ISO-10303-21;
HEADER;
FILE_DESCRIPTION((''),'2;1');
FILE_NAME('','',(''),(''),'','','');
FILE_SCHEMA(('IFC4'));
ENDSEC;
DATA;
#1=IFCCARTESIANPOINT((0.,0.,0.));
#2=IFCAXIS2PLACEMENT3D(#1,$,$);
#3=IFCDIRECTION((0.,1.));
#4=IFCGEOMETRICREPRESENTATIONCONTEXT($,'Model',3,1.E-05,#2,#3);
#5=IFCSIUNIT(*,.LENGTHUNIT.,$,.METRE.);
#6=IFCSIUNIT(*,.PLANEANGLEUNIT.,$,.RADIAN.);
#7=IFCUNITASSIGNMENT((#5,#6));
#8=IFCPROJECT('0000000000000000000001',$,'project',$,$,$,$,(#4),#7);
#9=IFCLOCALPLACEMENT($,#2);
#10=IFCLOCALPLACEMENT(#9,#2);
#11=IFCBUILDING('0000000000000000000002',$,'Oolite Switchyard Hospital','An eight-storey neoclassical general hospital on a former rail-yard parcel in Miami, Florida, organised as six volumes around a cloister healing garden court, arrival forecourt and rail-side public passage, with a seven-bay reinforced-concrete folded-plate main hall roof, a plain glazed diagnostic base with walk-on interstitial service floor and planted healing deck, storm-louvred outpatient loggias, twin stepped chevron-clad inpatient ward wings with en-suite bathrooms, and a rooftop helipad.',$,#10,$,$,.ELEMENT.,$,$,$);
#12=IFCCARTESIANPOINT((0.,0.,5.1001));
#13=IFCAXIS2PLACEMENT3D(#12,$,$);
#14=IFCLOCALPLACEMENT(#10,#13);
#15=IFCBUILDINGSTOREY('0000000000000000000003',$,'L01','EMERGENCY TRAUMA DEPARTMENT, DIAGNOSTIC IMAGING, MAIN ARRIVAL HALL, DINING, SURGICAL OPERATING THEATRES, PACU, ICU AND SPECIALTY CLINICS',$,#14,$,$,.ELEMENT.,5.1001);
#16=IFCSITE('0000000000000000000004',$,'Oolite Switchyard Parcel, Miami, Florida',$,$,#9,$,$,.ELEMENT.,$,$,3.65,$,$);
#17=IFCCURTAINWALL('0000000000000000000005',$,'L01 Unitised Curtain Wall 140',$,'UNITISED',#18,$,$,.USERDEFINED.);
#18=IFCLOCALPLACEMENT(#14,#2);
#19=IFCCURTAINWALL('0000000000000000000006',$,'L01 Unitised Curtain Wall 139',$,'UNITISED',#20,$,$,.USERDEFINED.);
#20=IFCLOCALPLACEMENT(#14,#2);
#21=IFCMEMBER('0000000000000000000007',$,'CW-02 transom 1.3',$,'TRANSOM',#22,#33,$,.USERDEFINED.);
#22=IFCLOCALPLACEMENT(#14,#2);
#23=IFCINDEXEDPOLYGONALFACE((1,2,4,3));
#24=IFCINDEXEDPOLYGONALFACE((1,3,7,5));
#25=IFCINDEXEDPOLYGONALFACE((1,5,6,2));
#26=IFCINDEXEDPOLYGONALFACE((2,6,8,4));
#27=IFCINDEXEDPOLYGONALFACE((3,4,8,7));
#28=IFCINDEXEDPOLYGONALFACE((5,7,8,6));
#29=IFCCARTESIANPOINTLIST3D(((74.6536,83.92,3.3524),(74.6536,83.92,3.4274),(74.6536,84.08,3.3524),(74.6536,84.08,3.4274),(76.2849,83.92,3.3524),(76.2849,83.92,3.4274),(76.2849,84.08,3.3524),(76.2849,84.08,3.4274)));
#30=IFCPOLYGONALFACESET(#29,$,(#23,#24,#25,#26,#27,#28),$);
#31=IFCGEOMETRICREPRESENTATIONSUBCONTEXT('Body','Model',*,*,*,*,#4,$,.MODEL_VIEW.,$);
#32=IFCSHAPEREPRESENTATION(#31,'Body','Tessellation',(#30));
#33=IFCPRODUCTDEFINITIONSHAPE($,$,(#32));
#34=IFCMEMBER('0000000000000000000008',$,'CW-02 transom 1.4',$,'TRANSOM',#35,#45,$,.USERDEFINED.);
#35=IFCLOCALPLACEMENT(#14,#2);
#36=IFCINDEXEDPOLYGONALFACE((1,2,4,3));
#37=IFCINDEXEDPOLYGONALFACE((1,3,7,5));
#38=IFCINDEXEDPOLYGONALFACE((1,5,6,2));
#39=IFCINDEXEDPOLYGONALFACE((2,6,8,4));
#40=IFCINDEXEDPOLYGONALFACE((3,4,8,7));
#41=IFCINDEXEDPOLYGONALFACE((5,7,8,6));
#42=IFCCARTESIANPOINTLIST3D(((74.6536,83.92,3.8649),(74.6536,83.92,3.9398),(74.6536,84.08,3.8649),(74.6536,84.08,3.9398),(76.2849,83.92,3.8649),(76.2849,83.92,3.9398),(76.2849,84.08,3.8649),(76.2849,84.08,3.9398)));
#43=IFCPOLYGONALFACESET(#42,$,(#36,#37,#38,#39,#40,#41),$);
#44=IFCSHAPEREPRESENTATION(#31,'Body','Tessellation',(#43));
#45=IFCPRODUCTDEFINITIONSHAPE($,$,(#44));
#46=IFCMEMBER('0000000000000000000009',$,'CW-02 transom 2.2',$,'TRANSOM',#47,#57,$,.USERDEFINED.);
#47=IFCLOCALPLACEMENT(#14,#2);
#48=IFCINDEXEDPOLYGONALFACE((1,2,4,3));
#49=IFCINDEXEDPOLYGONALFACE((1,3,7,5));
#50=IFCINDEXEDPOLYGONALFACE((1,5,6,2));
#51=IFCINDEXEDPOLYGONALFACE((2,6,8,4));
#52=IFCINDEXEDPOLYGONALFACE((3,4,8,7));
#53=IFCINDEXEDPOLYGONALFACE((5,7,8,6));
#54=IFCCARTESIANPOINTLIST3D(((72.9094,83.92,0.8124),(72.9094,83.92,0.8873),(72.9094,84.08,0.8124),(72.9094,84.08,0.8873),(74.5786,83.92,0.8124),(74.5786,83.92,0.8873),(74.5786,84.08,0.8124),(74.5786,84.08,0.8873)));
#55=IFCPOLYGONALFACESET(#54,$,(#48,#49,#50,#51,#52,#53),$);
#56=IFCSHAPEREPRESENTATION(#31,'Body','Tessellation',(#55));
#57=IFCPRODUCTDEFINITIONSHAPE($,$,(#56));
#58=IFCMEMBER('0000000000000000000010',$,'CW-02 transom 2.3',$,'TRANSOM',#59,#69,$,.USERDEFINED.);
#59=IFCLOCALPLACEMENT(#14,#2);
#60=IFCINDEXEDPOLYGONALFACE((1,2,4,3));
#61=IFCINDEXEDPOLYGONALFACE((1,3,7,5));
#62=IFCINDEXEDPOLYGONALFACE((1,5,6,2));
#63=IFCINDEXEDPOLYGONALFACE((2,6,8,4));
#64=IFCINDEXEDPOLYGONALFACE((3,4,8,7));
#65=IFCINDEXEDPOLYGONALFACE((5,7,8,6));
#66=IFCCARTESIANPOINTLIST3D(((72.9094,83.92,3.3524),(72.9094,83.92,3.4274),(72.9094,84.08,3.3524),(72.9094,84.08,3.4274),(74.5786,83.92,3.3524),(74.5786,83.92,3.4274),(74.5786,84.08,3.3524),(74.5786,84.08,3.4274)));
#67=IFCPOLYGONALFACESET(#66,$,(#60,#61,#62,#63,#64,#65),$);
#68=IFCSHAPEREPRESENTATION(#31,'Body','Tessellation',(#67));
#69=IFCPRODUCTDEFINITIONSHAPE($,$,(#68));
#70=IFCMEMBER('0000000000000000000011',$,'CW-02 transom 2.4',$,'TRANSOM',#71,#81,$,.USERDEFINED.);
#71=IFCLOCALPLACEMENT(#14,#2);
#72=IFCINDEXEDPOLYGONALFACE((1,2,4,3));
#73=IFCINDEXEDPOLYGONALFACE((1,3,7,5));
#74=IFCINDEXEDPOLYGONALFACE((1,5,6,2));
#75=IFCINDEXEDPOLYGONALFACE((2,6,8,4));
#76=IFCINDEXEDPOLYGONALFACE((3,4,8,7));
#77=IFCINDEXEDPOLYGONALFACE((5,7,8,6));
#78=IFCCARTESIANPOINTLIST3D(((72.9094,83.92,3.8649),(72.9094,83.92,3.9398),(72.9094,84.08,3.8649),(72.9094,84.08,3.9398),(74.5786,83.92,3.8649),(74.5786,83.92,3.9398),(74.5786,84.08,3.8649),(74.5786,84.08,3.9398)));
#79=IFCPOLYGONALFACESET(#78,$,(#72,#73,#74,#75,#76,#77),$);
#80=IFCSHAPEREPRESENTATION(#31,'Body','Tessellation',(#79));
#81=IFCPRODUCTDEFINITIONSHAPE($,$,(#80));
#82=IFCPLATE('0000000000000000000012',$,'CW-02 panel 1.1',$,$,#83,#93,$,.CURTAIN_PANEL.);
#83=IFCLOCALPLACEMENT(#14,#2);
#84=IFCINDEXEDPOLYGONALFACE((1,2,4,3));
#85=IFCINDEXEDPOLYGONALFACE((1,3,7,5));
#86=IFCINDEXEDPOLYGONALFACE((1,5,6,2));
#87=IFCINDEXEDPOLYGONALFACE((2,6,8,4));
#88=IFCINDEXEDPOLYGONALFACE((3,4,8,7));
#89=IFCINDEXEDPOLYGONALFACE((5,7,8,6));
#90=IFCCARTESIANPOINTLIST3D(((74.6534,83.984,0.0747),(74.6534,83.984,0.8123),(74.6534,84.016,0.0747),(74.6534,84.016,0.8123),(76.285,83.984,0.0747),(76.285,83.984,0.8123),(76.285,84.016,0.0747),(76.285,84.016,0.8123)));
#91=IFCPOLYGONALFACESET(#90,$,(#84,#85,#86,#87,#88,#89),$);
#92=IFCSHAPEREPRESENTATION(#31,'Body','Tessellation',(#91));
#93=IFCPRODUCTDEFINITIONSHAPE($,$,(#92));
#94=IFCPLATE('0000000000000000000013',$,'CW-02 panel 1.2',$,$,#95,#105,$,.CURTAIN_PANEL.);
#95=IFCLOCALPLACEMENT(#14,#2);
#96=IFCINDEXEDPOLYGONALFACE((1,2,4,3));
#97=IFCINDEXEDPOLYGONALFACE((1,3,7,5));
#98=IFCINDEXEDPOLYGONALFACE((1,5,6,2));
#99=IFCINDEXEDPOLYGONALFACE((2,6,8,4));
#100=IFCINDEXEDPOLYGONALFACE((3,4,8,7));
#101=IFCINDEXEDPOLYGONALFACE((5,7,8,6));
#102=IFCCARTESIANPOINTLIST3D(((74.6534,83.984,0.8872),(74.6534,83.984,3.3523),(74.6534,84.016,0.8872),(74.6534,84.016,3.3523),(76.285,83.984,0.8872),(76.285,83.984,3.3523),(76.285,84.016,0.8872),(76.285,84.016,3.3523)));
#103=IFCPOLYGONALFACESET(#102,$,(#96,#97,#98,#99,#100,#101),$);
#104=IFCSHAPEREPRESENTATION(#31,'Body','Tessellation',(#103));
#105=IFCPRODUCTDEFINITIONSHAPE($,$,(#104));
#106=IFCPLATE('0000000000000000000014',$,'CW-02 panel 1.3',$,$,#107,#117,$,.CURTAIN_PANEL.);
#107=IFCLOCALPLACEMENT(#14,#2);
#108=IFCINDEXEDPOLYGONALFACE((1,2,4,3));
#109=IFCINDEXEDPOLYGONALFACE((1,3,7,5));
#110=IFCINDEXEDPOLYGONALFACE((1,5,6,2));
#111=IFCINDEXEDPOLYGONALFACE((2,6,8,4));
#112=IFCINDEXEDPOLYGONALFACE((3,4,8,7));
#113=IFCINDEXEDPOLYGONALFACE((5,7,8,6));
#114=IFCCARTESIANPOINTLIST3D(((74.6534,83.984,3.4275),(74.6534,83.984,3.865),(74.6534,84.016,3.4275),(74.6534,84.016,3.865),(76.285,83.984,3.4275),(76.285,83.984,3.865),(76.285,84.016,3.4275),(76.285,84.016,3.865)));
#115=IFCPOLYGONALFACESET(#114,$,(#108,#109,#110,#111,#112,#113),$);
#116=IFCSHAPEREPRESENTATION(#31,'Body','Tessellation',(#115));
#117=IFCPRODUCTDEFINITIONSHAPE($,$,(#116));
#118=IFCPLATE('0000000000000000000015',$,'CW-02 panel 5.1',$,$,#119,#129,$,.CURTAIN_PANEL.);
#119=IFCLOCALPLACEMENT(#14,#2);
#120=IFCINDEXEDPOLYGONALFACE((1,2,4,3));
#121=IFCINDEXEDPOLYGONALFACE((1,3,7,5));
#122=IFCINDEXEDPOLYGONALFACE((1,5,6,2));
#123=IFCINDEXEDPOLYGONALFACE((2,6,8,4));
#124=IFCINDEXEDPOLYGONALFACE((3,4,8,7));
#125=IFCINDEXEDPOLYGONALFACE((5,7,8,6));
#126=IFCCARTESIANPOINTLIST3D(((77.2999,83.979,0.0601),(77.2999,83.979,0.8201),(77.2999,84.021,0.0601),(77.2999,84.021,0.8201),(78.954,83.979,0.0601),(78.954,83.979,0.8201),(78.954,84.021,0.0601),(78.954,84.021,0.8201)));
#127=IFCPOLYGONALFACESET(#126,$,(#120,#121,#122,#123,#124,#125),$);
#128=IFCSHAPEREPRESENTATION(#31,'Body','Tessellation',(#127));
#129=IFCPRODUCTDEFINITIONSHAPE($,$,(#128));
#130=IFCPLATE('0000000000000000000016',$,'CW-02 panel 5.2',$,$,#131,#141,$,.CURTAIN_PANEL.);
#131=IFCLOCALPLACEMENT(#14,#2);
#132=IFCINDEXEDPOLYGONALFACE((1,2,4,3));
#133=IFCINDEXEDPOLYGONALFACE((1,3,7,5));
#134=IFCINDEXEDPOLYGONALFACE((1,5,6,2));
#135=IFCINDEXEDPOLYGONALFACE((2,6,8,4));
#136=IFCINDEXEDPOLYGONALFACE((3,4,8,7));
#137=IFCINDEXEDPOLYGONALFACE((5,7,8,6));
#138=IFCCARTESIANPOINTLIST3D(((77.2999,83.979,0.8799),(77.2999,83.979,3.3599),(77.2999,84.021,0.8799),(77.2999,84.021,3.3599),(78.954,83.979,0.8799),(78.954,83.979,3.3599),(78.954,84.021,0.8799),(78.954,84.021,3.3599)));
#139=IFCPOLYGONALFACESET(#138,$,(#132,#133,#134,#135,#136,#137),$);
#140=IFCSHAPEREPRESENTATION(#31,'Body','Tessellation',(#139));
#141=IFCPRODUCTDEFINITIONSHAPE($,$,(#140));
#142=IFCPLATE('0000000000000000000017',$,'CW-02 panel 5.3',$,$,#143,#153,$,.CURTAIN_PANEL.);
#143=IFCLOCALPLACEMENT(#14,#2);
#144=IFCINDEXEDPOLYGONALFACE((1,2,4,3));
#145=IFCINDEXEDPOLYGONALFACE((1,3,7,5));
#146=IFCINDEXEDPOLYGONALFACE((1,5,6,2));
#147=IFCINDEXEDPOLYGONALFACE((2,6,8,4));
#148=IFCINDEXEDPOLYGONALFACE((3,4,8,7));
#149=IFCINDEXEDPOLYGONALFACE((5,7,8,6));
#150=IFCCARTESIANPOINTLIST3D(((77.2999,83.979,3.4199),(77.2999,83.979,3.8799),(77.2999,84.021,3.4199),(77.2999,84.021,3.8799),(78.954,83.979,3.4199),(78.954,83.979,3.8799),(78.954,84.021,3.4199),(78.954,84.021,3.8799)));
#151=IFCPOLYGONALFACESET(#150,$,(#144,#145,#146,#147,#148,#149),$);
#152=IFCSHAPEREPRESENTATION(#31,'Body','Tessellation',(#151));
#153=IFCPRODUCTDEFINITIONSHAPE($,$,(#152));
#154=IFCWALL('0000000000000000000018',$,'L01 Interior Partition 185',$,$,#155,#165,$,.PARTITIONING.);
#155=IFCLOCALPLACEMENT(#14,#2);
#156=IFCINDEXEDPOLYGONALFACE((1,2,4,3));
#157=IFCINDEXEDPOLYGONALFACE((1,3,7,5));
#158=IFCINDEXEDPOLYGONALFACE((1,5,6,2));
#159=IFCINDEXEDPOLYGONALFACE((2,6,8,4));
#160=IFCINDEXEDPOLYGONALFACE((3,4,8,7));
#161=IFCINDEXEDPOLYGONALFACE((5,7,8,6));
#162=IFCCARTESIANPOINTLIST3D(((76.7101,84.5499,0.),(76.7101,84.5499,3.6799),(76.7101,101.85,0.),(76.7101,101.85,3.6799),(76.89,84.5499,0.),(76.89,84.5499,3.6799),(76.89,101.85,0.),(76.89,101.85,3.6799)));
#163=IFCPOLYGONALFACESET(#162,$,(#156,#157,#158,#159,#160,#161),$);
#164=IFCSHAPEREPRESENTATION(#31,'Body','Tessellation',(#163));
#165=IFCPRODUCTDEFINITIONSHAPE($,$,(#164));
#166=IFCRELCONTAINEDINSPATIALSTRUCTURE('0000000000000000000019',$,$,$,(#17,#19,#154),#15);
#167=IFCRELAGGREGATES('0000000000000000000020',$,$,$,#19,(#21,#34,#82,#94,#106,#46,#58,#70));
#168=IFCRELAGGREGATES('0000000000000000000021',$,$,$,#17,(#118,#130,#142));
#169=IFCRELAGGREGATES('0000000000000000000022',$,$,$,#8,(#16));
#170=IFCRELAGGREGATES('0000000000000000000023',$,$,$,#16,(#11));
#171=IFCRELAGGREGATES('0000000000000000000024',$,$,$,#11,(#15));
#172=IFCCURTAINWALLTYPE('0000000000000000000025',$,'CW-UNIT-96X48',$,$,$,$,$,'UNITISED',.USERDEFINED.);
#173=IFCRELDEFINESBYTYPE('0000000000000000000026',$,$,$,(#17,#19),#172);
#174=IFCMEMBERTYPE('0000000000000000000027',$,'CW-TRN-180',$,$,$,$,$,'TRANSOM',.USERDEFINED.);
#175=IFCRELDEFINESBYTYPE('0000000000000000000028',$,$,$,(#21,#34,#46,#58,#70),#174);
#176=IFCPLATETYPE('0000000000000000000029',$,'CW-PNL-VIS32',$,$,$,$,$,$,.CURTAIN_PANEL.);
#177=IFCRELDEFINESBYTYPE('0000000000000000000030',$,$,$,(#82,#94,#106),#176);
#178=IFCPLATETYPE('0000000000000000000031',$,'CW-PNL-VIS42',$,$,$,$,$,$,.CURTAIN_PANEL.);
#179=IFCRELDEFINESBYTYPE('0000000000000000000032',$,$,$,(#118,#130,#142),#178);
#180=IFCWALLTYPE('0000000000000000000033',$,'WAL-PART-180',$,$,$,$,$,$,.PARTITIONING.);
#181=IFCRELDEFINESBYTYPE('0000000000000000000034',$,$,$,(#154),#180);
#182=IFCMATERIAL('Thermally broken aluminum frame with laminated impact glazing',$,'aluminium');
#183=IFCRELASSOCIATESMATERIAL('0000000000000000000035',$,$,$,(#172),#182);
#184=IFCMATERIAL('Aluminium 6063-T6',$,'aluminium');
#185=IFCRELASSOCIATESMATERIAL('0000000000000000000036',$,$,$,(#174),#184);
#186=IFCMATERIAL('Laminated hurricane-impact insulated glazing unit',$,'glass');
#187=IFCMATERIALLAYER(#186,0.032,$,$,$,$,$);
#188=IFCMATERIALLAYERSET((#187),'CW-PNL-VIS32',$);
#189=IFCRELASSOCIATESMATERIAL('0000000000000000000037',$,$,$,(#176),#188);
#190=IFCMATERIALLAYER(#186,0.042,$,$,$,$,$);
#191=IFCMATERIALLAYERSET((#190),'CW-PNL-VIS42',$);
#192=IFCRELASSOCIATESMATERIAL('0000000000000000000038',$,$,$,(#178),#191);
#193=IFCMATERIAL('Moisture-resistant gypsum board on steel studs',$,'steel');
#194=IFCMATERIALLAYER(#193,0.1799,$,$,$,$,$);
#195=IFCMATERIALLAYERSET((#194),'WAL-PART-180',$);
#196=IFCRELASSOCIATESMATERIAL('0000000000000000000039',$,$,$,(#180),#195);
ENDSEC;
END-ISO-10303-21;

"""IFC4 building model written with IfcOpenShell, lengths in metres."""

from ifc_helpers import new_model, si_unit, direction, frame, frame_2d, origin, origin_2d, place, context, subcontext, project, spatial, rectangle, extrude, material, layer, layer_set, material_profile, profile_set, type_object, element, aggregate, save


model = new_model("IFC4")

# Units and contexts
model_context = context("Model", 3, precision=1e-05, world=origin(), true_north=direction((0.0, 1.0)))
body_context = subcontext(model_context, "Body", "Model", "MODEL_VIEW")
ifc_project = project(units=[si_unit("LENGTHUNIT", "METRE"), si_unit("PLANEANGLEUNIT", "RADIAN")], contexts=[model_context])

# Site, building, storey
site_placement = place(None, origin())
site = spatial("IfcSite", under=ifc_project, at=site_placement, Name="Oolite Switchyard Parcel, Miami, Florida", CompositionType="ELEMENT", RefElevation=3.65)
building_placement = place(site_placement, origin())
building = spatial("IfcBuilding", under=site, at=building_placement, Name="Oolite Switchyard Hospital", Description="An eight-storey neoclassical general hospital on a former rail-yard parcel in Miami, Florida, organised as six volumes around a cloister healing garden court, arrival forecourt and rail-side public passage, with a seven-bay reinforced-concrete folded-plate main hall roof, a plain glazed diagnostic base with walk-on interstitial service floor and planted healing deck, storm-louvred outpatient loggias, twin stepped chevron-clad inpatient ward wings with en-suite bathrooms, and a rooftop helipad.", CompositionType="ELEMENT")
storey_placement = place(building_placement, frame((0.0, 0.0, 5.1001)))
storey = spatial("IfcBuildingStorey", under=building, at=storey_placement, Name="L01", Description="EMERGENCY TRAUMA DEPARTMENT, DIAGNOSTIC IMAGING, MAIN ARRIVAL HALL, DINING, SURGICAL OPERATING THEATRES, PACU, ICU AND SPECIALTY CLINICS", CompositionType="ELEMENT", Elevation=5.1001)

# Curtain walls
ifc_material_1 = material(Name="Thermally broken aluminum frame with laminated impact glazing", Category="aluminium")
curtain_wall_type = type_object("IfcCurtainWallType", Name="CW-UNIT-96X48", ElementType="UNITISED", PredefinedType="USERDEFINED", material=ifc_material_1)
curtain_wall_1_placement = place(storey_placement, origin())
curtain_wall_1 = element("IfcCurtainWall", 1, at=curtain_wall_1_placement, inside=storey, type_object=curtain_wall_type, Name="L01 Unitised Curtain Wall 140", ObjectType="UNITISED", PredefinedType="USERDEFINED")
ifc_material_2 = material(Name="Aluminium 6063-T6", Category="aluminium")
curtain_wall_2_placement = place(storey_placement, origin())
curtain_wall_2 = element("IfcCurtainWall", 2, at=curtain_wall_2_placement, inside=storey, type_object=curtain_wall_type, Name="L01 Unitised Curtain Wall 139", ObjectType="UNITISED", PredefinedType="USERDEFINED")

# Members
ifc_material_profile_1 = material_profile(ifc_material_2, rectangle(XDim=0.1599, YDim=0.075, at=origin_2d()), Name="CWT75X160")
ifc_profile_set_1 = profile_set([ifc_material_profile_1], Name="Aluminium 6063-T6")
member_type_1 = type_object("IfcMemberType", Name="CW-TRN-180", ElementType="TRANSOM", PredefinedType="USERDEFINED", material=ifc_profile_set_1)
member_1_placement = place(storey_placement, frame((76.2849, 84.0, 3.3899), z_axis=(-1.0, 0.0, 0.0), x_axis=(0.0, -1.0, 0.0)))
member_1 = element("IfcMember", 3, at=member_1_placement, type_object=member_type_1, Name="CW-02 transom 1.3", ObjectType="TRANSOM", PredefinedType="USERDEFINED", context=body_context, shape_type="SweptSolid", body=[
    extrude(rectangle(XDim=0.1599, YDim=0.075, at=origin_2d()), origin(), (0.0, 0.0, 1.0), 1.6313),
])
member_2_placement = place(storey_placement, frame((76.2849, 84.0, 3.9023), z_axis=(-1.0, 0.0, 0.0), x_axis=(0.0, -1.0, 0.0)))
member_2 = element("IfcMember", 4, at=member_2_placement, type_object=member_type_1, Name="CW-02 transom 1.4", ObjectType="TRANSOM", PredefinedType="USERDEFINED", context=body_context, shape_type="SweptSolid", body=[
    extrude(rectangle(XDim=0.1599, YDim=0.075, at=origin_2d()), origin(), (0.0, 0.0, 1.0), 1.6313),
])
member_3_placement = place(storey_placement, frame((74.5786, 84.0, 0.8499), z_axis=(-1.0, 0.0, 0.0), x_axis=(0.0, -1.0, 0.0)))
member_3 = element("IfcMember", 5, at=member_3_placement, type_object=member_type_1, Name="CW-02 transom 2.2", ObjectType="TRANSOM", PredefinedType="USERDEFINED", context=body_context, shape_type="SweptSolid", body=[
    extrude(rectangle(XDim=0.1599, YDim=0.075, at=origin_2d()), origin(), (0.0, 0.0, 1.0), 1.6692),
])
member_4_placement = place(storey_placement, frame((74.5786, 84.0, 3.3899), z_axis=(-1.0, 0.0, 0.0), x_axis=(0.0, -1.0, 0.0)))
member_4 = element("IfcMember", 6, at=member_4_placement, type_object=member_type_1, Name="CW-02 transom 2.3", ObjectType="TRANSOM", PredefinedType="USERDEFINED", context=body_context, shape_type="SweptSolid", body=[
    extrude(rectangle(XDim=0.1599, YDim=0.075, at=origin_2d()), origin(), (0.0, 0.0, 1.0), 1.6692),
])
member_5_placement = place(storey_placement, frame((74.5786, 84.0, 3.9023), z_axis=(-1.0, 0.0, 0.0), x_axis=(0.0, -1.0, 0.0)))
member_5 = element("IfcMember", 7, at=member_5_placement, type_object=member_type_1, Name="CW-02 transom 2.4", ObjectType="TRANSOM", PredefinedType="USERDEFINED", context=body_context, shape_type="SweptSolid", body=[
    extrude(rectangle(XDim=0.1599, YDim=0.075, at=origin_2d()), origin(), (0.0, 0.0, 1.0), 1.6692),
])

# Plates
ifc_material_3 = material(Name="Laminated hurricane-impact insulated glazing unit", Category="glass")
ifc_layer_1 = layer(ifc_material_3, 0.032)
ifc_layer_set_1 = layer_set([ifc_layer_1], Name="CW-PNL-VIS32")
plate_type_1 = type_object("IfcPlateType", Name="CW-PNL-VIS32", PredefinedType="CURTAIN_PANEL", material=ifc_layer_set_1)
plate_1_placement = place(storey_placement, frame((75.4692, 84.0, 0.0747), z_axis=(0.0, 0.0, 1.0), x_axis=(-1.0, 0.0, 0.0)))
plate_1 = element("IfcPlate", 8, at=plate_1_placement, type_object=plate_type_1, Name="CW-02 panel 1.1", PredefinedType="CURTAIN_PANEL", context=body_context, shape_type="SweptSolid", body=[
    extrude(rectangle(XDim=1.6316, YDim=0.032, at=origin_2d()), origin(), (0.0, 0.0, 1.0), 0.7375),
])
plate_2_placement = place(storey_placement, frame((75.4692, 84.0, 0.8872), z_axis=(0.0, 0.0, 1.0), x_axis=(-1.0, 0.0, 0.0)))
plate_2 = element("IfcPlate", 9, at=plate_2_placement, type_object=plate_type_1, Name="CW-02 panel 1.2", PredefinedType="CURTAIN_PANEL", context=body_context, shape_type="SweptSolid", body=[
    extrude(rectangle(XDim=1.6316, YDim=0.032, at=origin_2d()), origin(), (0.0, 0.0, 1.0), 2.4651),
])
plate_3_placement = place(storey_placement, frame((75.4692, 84.0, 3.4275), z_axis=(0.0, 0.0, 1.0), x_axis=(-1.0, 0.0, 0.0)))
plate_3 = element("IfcPlate", 10, at=plate_3_placement, type_object=plate_type_1, Name="CW-02 panel 1.3", PredefinedType="CURTAIN_PANEL", context=body_context, shape_type="SweptSolid", body=[
    extrude(rectangle(XDim=1.6316, YDim=0.032, at=origin_2d()), origin(), (0.0, 0.0, 1.0), 0.4375),
])
aggregate(curtain_wall_2, [member_1, member_2, plate_1, plate_2, plate_3, member_3, member_4, member_5])
ifc_layer_2 = layer(ifc_material_3, 0.042)
ifc_layer_set_2 = layer_set([ifc_layer_2], Name="CW-PNL-VIS42")
plate_type_2 = type_object("IfcPlateType", Name="CW-PNL-VIS42", PredefinedType="CURTAIN_PANEL", material=ifc_layer_set_2)
plate_4_placement = place(storey_placement, frame((78.127, 84.0, 0.0601), z_axis=(0.0, 0.0, 1.0), x_axis=(-1.0, 0.0, 0.0)))
plate_4 = element("IfcPlate", 11, at=plate_4_placement, type_object=plate_type_2, Name="CW-02 panel 5.1", PredefinedType="CURTAIN_PANEL", context=body_context, shape_type="SweptSolid", body=[
    extrude(rectangle(XDim=1.6541, YDim=0.042, at=origin_2d()), origin(), (0.0, 0.0, 1.0), 0.76),
])
plate_5_placement = place(storey_placement, frame((78.127, 84.0, 0.8799), z_axis=(0.0, 0.0, 1.0), x_axis=(-1.0, 0.0, 0.0)))
plate_5 = element("IfcPlate", 12, at=plate_5_placement, type_object=plate_type_2, Name="CW-02 panel 5.2", PredefinedType="CURTAIN_PANEL", context=body_context, shape_type="SweptSolid", body=[
    extrude(rectangle(XDim=1.6541, YDim=0.042, at=origin_2d()), origin(), (0.0, 0.0, 1.0), 2.48),
])
plate_6_placement = place(storey_placement, frame((78.127, 84.0, 3.4199), z_axis=(0.0, 0.0, 1.0), x_axis=(-1.0, 0.0, 0.0)))
plate_6 = element("IfcPlate", 13, at=plate_6_placement, type_object=plate_type_2, Name="CW-02 panel 5.3", PredefinedType="CURTAIN_PANEL", context=body_context, shape_type="SweptSolid", body=[
    extrude(rectangle(XDim=1.6541, YDim=0.042, at=origin_2d()), origin(), (0.0, 0.0, 1.0), 0.46),
])
aggregate(curtain_wall_1, [plate_4, plate_5, plate_6])

# Wall
ifc_material_4 = material(Name="Moisture-resistant gypsum board on steel studs", Category="steel")
ifc_layer_3 = layer(ifc_material_4, 0.1799)
ifc_layer_set_3 = layer_set([ifc_layer_3], Name="WAL-PART-180")
wall_type = type_object("IfcWallType", Name="WAL-PART-180", PredefinedType="PARTITIONING", material=ifc_layer_set_3)
wall_placement = place(storey_placement, frame((76.8, 84.55, 0.0), z_axis=(0.0, 0.0, 1.0), x_axis=(0.0, 1.0, 0.0)))
element("IfcWall", 14, at=wall_placement, inside=storey, type_object=wall_type, Name="L01 Interior Partition 185", PredefinedType="PARTITIONING", context=body_context, shape_type="SweptSolid", body=[
    extrude(rectangle(XDim=17.3, YDim=0.1799, at=frame_2d((8.6499, 0.0))), origin(), (0.0, 0.0, 1.0), 3.6799),
])

save(model, "model.ifc")
